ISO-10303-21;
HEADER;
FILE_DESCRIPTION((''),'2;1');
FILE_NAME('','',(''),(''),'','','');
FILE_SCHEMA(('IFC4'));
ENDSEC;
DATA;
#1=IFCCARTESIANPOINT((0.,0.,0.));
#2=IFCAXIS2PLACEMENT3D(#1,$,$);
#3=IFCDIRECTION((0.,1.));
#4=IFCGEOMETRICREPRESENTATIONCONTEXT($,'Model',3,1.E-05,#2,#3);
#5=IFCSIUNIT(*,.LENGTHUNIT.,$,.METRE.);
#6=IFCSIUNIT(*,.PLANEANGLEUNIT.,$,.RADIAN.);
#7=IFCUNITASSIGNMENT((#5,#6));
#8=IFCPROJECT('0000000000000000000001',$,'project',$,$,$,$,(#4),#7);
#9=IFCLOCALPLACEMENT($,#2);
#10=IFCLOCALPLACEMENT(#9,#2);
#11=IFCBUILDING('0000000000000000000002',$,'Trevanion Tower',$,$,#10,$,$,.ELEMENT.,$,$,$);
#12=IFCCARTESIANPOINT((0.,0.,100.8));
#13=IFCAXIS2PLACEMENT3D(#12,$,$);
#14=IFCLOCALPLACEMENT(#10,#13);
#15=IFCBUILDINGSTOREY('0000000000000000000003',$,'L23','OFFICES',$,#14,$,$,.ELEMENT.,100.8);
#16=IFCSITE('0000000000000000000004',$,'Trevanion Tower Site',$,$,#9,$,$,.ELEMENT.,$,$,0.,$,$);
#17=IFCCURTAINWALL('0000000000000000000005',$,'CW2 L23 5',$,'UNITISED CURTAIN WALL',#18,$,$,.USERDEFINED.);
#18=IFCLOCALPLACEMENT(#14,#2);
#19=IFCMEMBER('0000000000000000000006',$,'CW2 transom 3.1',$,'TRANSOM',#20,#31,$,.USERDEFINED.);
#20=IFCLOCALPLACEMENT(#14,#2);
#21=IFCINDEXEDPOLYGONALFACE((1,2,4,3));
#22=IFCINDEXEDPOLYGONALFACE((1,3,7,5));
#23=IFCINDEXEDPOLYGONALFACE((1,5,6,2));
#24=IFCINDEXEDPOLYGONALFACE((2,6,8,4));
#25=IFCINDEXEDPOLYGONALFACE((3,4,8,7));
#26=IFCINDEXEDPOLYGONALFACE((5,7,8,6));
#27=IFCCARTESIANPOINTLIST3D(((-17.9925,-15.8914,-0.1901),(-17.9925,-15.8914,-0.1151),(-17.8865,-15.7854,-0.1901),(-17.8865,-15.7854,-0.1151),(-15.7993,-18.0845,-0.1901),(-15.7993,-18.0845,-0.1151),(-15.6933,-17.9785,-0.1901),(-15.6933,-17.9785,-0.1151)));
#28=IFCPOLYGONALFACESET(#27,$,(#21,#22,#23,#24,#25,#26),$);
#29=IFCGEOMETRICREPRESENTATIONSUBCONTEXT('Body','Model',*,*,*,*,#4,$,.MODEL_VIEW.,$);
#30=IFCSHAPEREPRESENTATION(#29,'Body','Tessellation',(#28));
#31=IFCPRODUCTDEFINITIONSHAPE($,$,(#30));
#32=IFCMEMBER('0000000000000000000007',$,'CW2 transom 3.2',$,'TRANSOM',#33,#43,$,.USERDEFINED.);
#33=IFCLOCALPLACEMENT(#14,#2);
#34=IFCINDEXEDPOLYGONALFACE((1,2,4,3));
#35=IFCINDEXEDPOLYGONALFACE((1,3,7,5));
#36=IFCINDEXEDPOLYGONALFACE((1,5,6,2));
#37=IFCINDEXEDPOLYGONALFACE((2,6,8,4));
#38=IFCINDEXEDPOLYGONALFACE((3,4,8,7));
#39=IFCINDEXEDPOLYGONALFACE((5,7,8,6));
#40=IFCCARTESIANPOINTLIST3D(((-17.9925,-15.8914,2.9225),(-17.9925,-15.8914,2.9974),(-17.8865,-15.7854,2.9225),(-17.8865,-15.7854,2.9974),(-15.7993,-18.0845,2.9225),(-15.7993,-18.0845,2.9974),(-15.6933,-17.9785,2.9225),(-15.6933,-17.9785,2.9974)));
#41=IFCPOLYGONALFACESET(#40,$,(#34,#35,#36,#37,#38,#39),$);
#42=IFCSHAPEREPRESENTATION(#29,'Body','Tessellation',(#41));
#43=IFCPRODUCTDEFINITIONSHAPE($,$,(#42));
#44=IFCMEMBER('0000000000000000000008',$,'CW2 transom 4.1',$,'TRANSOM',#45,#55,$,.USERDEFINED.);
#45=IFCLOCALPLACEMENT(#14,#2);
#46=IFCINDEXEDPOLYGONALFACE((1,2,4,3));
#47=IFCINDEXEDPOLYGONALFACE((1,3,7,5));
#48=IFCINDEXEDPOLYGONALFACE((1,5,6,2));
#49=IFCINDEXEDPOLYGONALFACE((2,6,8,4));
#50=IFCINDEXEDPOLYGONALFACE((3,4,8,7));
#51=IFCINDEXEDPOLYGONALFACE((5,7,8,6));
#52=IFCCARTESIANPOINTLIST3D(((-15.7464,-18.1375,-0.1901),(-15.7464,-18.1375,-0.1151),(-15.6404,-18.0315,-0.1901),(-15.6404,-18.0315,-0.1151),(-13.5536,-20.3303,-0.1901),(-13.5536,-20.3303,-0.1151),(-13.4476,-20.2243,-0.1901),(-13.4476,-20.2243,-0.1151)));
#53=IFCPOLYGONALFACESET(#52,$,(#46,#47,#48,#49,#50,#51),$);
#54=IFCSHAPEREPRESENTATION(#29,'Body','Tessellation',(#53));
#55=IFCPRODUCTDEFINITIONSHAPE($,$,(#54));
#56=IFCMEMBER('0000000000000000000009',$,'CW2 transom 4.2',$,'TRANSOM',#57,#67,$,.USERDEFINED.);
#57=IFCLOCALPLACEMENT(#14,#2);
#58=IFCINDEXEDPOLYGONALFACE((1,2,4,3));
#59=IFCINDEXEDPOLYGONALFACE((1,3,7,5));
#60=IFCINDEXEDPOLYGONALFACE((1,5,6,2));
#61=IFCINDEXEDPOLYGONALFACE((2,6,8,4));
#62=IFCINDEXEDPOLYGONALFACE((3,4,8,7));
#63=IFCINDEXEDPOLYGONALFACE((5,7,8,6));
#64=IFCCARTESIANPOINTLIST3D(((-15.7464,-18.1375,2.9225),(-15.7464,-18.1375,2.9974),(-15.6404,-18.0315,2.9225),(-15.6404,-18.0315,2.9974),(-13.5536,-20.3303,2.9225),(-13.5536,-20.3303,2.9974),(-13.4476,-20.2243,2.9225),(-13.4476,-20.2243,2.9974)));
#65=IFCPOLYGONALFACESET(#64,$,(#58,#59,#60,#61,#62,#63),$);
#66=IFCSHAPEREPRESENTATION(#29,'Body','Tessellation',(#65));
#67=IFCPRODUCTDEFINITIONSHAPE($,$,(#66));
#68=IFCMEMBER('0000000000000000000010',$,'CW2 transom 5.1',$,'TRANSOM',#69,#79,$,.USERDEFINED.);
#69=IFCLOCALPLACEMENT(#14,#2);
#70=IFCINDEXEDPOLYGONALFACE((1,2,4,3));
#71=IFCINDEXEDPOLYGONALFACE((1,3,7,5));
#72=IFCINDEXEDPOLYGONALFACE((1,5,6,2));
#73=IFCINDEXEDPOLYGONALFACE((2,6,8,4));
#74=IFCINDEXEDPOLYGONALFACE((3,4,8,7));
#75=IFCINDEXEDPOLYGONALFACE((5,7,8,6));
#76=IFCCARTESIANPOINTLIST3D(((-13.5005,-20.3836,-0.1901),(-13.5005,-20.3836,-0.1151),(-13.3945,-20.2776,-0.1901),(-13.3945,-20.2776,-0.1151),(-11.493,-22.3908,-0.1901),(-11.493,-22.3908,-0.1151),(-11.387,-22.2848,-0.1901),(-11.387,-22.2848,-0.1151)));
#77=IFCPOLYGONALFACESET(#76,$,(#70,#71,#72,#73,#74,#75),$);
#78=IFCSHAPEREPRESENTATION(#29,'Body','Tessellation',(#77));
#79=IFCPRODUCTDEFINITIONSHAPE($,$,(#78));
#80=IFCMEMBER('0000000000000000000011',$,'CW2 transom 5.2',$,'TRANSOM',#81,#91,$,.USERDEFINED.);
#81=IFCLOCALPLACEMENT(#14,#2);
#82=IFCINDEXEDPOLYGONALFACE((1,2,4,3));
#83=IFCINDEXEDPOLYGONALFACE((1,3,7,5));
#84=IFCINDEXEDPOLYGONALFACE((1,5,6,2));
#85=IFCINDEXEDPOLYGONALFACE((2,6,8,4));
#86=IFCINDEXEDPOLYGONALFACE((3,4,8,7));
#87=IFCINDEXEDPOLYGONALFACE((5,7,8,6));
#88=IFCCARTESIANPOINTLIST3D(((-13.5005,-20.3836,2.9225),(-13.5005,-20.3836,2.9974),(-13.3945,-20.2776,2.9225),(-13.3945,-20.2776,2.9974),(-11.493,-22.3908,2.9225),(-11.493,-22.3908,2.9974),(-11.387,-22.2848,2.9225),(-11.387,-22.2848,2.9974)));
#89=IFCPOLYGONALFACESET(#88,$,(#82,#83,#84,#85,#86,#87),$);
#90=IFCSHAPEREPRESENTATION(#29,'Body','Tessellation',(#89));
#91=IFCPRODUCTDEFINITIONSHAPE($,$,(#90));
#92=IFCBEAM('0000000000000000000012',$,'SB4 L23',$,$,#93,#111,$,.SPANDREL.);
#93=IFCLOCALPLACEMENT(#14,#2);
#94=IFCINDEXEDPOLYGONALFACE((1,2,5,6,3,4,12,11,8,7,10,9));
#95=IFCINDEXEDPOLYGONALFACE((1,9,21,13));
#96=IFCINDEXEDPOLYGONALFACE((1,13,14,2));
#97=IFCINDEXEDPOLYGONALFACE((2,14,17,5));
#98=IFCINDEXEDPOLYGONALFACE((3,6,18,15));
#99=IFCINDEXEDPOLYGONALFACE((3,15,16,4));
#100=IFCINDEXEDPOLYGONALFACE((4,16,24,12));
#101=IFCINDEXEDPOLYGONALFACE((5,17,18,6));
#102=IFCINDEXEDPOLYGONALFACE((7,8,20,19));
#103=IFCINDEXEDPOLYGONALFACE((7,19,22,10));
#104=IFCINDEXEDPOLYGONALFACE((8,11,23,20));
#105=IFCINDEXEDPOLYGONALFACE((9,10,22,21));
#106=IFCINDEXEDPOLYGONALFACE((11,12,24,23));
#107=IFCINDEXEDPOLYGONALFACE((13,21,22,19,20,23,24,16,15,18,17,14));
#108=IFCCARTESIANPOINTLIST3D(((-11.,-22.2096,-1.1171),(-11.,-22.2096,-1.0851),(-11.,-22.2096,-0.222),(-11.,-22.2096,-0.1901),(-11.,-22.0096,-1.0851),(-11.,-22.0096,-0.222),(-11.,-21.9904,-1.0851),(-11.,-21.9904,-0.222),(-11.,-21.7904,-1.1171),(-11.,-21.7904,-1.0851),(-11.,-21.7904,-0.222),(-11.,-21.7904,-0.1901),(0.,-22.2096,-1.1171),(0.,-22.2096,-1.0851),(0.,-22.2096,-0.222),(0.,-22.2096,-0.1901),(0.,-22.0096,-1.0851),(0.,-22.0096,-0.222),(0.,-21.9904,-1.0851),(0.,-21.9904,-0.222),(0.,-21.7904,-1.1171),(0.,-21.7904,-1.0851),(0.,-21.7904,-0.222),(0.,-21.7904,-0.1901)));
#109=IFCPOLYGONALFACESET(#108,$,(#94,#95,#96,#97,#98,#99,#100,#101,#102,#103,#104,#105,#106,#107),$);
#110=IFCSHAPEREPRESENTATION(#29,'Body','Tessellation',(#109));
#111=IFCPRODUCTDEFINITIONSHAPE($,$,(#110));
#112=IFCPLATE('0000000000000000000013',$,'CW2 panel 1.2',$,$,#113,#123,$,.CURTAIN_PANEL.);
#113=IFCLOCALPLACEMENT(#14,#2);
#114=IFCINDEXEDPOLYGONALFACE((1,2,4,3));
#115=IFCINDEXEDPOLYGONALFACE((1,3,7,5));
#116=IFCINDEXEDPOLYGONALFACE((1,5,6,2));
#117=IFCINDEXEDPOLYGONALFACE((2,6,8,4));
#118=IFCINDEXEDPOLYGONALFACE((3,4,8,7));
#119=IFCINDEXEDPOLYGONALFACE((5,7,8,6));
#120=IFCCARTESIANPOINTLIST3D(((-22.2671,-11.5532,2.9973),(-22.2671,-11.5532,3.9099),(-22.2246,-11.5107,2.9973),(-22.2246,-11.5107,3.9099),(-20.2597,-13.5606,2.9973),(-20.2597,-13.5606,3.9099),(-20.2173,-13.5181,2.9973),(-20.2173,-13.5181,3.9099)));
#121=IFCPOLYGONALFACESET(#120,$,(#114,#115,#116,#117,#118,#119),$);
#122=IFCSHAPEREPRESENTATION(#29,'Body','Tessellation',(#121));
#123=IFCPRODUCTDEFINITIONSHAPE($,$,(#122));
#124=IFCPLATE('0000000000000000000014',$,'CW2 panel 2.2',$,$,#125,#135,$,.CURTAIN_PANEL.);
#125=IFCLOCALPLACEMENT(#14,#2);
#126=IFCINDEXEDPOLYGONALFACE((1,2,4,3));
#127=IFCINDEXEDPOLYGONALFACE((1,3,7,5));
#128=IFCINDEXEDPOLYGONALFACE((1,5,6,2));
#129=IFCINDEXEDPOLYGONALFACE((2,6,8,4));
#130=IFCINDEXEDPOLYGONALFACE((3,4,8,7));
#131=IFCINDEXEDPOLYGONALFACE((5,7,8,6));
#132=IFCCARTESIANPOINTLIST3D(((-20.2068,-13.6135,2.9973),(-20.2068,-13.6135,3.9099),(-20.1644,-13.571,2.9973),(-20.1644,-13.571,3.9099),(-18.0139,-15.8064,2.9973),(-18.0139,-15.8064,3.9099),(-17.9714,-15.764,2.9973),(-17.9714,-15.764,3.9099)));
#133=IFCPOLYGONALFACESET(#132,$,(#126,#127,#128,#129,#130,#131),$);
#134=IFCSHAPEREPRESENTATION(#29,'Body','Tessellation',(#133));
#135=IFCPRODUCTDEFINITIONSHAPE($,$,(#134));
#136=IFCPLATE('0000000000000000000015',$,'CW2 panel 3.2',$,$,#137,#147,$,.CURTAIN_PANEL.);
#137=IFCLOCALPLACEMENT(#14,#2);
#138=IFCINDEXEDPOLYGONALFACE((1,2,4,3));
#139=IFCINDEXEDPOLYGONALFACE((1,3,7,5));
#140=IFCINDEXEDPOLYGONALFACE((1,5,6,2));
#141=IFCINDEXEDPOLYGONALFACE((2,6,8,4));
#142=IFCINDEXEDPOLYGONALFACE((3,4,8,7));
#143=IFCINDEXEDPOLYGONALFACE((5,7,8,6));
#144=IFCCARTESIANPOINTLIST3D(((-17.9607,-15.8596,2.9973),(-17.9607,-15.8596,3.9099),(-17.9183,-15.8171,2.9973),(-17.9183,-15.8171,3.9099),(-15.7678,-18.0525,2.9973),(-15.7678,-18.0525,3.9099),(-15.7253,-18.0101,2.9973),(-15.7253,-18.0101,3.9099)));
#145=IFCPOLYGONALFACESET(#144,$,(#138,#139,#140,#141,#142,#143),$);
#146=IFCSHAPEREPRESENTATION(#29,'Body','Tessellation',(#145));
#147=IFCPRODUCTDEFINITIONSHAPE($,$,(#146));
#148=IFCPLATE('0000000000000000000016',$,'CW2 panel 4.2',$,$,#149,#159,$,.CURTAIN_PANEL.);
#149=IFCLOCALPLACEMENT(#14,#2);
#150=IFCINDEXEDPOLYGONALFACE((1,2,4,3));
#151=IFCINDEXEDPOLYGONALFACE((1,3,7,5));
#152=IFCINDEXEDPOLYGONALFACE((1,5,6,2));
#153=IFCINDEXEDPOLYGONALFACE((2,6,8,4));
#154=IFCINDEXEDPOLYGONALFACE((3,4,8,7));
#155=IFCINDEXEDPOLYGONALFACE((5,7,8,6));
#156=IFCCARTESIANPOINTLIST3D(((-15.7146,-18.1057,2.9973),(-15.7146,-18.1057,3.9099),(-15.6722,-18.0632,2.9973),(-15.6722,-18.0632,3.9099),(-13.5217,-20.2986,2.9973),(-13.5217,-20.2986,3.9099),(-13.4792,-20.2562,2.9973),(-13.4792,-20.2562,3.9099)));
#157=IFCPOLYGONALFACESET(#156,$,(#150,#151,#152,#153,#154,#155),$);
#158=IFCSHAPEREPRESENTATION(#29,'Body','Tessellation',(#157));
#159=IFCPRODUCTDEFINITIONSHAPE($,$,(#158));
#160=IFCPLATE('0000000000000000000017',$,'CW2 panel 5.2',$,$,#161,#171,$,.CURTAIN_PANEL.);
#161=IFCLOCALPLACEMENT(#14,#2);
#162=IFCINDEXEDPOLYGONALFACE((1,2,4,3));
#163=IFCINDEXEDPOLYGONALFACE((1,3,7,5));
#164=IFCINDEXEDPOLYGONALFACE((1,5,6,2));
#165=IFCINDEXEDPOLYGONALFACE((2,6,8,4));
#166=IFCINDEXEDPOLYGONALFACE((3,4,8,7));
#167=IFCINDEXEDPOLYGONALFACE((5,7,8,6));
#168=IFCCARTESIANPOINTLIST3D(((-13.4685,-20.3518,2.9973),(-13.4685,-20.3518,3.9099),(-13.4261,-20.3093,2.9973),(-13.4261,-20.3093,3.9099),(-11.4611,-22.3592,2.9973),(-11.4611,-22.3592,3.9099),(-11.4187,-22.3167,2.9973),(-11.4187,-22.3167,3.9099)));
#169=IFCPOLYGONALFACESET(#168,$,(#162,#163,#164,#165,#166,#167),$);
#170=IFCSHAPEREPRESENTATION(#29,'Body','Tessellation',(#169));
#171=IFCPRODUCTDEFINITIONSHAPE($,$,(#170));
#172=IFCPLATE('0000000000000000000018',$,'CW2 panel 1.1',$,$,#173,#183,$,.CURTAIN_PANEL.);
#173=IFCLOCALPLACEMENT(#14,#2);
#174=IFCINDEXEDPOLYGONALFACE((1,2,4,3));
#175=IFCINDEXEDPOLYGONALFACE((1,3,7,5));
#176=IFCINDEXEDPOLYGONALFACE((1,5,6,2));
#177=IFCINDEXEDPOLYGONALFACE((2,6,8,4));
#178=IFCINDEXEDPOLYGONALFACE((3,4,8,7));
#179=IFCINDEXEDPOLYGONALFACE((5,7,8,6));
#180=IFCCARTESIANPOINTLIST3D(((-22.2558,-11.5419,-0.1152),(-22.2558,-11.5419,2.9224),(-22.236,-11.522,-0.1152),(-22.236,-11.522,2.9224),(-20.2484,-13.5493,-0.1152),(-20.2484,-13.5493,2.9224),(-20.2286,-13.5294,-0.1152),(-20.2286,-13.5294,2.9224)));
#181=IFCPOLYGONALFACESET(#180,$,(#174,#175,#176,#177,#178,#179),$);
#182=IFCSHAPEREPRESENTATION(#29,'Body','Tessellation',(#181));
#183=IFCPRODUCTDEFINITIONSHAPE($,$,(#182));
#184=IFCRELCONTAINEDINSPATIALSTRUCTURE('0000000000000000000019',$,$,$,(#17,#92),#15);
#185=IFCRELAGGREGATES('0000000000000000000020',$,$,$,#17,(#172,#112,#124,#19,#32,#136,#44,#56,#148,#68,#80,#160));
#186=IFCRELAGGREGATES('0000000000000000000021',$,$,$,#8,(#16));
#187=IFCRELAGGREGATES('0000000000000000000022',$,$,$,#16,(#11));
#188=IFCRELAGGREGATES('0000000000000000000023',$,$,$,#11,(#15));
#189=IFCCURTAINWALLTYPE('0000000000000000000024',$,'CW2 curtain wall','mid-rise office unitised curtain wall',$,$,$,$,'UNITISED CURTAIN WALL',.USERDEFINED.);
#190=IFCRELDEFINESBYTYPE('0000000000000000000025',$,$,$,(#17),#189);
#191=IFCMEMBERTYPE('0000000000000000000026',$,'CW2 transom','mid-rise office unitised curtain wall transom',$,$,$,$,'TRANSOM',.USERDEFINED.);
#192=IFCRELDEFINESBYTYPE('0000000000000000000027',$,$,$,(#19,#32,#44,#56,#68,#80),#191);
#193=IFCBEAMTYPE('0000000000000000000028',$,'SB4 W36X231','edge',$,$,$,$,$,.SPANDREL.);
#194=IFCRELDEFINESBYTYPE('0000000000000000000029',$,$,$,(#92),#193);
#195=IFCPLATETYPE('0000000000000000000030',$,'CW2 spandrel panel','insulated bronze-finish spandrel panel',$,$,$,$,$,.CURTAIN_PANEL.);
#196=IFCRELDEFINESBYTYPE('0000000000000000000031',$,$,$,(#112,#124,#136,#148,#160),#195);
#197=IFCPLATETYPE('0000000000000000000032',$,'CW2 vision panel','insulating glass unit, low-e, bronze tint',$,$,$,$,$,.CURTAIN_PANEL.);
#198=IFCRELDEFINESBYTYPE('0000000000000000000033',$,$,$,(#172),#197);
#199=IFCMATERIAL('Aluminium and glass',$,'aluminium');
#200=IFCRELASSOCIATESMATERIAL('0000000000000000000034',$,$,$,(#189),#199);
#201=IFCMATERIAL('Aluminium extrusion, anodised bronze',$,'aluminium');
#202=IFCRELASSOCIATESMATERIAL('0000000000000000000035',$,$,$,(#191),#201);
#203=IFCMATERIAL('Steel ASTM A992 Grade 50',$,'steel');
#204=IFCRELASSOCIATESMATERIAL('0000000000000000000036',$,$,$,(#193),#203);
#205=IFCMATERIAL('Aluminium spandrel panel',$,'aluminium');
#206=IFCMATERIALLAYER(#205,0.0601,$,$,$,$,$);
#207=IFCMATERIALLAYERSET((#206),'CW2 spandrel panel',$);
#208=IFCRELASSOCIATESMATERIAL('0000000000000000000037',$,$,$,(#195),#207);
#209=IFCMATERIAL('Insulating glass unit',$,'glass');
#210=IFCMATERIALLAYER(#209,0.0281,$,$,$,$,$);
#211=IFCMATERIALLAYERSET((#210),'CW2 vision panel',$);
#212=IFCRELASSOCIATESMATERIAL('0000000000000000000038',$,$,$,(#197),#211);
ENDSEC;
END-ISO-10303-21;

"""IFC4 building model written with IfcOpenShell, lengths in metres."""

from ifc_helpers import new_model, si_unit, direction, frame, origin, origin_2d, place, context, subcontext, project, spatial, rectangle, i_section, extrude, material, layer, layer_set, material_profile, profile_set, type_object, element, aggregate, save


model = new_model("IFC4")

# Units and contexts
model_context = context("Model", 3, precision=1e-05, world=origin(), true_north=direction((0.0, 1.0)))
body_context = subcontext(model_context, "Body", "Model", "MODEL_VIEW")
ifc_project = project(units=[si_unit("LENGTHUNIT", "METRE"), si_unit("PLANEANGLEUNIT", "RADIAN")], contexts=[model_context])

# Site, building, storey
site_placement = place(None, origin())
site = spatial("IfcSite", under=ifc_project, at=site_placement, Name="Trevanion Tower Site", CompositionType="ELEMENT", RefElevation=0.0)
building_placement = place(site_placement, origin())
building = spatial("IfcBuilding", under=site, at=building_placement, Name="Trevanion Tower", CompositionType="ELEMENT")
storey_placement = place(building_placement, frame((0.0, 0.0, 100.8)))
storey = spatial("IfcBuildingStorey", under=building, at=storey_placement, Name="L23", Description="OFFICES", CompositionType="ELEMENT", Elevation=100.8)

# Curtain wall
ifc_material_1 = material(Name="Aluminium and glass", Category="aluminium")
curtain_wall_type = type_object("IfcCurtainWallType", Name="CW2 curtain wall", Description="mid-rise office unitised curtain wall", ElementType="UNITISED CURTAIN WALL", PredefinedType="USERDEFINED", material=ifc_material_1)
curtain_wall_1_placement = place(storey_placement, origin())
curtain_wall_1 = element("IfcCurtainWall", 1, at=curtain_wall_1_placement, inside=storey, type_object=curtain_wall_type, Name="CW2 L23 5", ObjectType="UNITISED CURTAIN WALL", PredefinedType="USERDEFINED")

# Members
ifc_material_2 = material(Name="Aluminium extrusion, anodised bronze", Category="aluminium")
ifc_material_profile_1 = material_profile(ifc_material_2, rectangle(XDim=0.1499, YDim=0.075, at=origin_2d()), Name="CW2 transom")
ifc_profile_set_1 = profile_set([ifc_material_profile_1], Name="Aluminium extrusion, anodised bronze")
member_type_1 = type_object("IfcMemberType", Name="CW2 transom", Description="mid-rise office unitised curtain wall transom", ElementType="TRANSOM", PredefinedType="USERDEFINED", material=ifc_profile_set_1)
member_1_placement = place(storey_placement, frame((-17.9395, -15.8384, -0.1526), z_axis=(0.707107, -0.707107, 0.0), x_axis=(0.707107, 0.707107, 0.0)))
member_1 = element("IfcMember", 2, at=member_1_placement, type_object=member_type_1, Name="CW2 transom 3.1", ObjectType="TRANSOM", PredefinedType="USERDEFINED", context=body_context, shape_type="SweptSolid", body=[
    extrude(rectangle(XDim=0.1499, YDim=0.075, at=origin_2d()), origin(), (0.0, 0.0, 1.0), 3.1016),
])
member_2_placement = place(storey_placement, frame((-17.9395, -15.8384, 2.96), z_axis=(0.707107, -0.707107, 0.0), x_axis=(0.707107, 0.707107, 0.0)))
member_2 = element("IfcMember", 3, at=member_2_placement, type_object=member_type_1, Name="CW2 transom 3.2", ObjectType="TRANSOM", PredefinedType="USERDEFINED", context=body_context, shape_type="SweptSolid", body=[
    extrude(rectangle(XDim=0.1499, YDim=0.075, at=origin_2d()), origin(), (0.0, 0.0, 1.0), 3.1016),
])
member_3_placement = place(storey_placement, frame((-15.6934, -18.0845, -0.1526), z_axis=(0.707107, -0.707107, 0.0), x_axis=(0.707107, 0.707107, 0.0)))
member_3 = element("IfcMember", 4, at=member_3_placement, type_object=member_type_1, Name="CW2 transom 4.1", ObjectType="TRANSOM", PredefinedType="USERDEFINED", context=body_context, shape_type="SweptSolid", body=[
    extrude(rectangle(XDim=0.1499, YDim=0.075, at=origin_2d()), origin(), (0.0, 0.0, 1.0), 3.1011),
])
member_4_placement = place(storey_placement, frame((-15.6934, -18.0845, 2.96), z_axis=(0.707107, -0.707107, 0.0), x_axis=(0.707107, 0.707107, 0.0)))
member_4 = element("IfcMember", 5, at=member_4_placement, type_object=member_type_1, Name="CW2 transom 4.2", ObjectType="TRANSOM", PredefinedType="USERDEFINED", context=body_context, shape_type="SweptSolid", body=[
    extrude(rectangle(XDim=0.1499, YDim=0.075, at=origin_2d()), origin(), (0.0, 0.0, 1.0), 3.1011),
])
member_5_placement = place(storey_placement, frame((-13.4475, -20.3306, -0.1526), z_axis=(0.70715, -0.707064, 0.0), x_axis=(0.707064, 0.70715, 0.0)))
member_5 = element("IfcMember", 6, at=member_5_placement, type_object=member_type_1, Name="CW2 transom 5.1", ObjectType="TRANSOM", PredefinedType="USERDEFINED", context=body_context, shape_type="SweptSolid", body=[
    extrude(rectangle(XDim=0.1499, YDim=0.075, at=origin_2d()), origin(), (0.0, 0.0, 1.0), 2.8389),
])
member_6_placement = place(storey_placement, frame((-13.4475, -20.3306, 2.96), z_axis=(0.70715, -0.707064, 0.0), x_axis=(0.707064, 0.70715, 0.0)))
member_6 = element("IfcMember", 7, at=member_6_placement, type_object=member_type_1, Name="CW2 transom 5.2", ObjectType="TRANSOM", PredefinedType="USERDEFINED", context=body_context, shape_type="SweptSolid", body=[
    extrude(rectangle(XDim=0.1499, YDim=0.075, at=origin_2d()), origin(), (0.0, 0.0, 1.0), 2.8389),
])

# Beam
ifc_material_3 = material(Name="Steel ASTM A992 Grade 50", Category="steel")
ifc_material_profile_2 = material_profile(ifc_material_3, i_section(OverallWidth=0.4192, OverallDepth=0.927, WebThickness=0.0193, FlangeThickness=0.032, at=origin_2d()), Name="W36X231")
ifc_profile_set_2 = profile_set([ifc_material_profile_2], Name="Steel ASTM A992 Grade 50")
beam_type_1 = type_object("IfcBeamType", Name="SB4 W36X231", Description="edge", PredefinedType="SPANDREL", material=ifc_profile_set_2)
beam_1_placement = place(storey_placement, frame((-11.0, -22.0, -0.6536), z_axis=(1.0, 0.0, 0.0), x_axis=(0.0, 1.0, 0.0)))
element("IfcBeam", 8, at=beam_1_placement, inside=storey, type_object=beam_type_1, Name="SB4 L23", PredefinedType="SPANDREL", context=body_context, shape_type="SweptSolid", body=[
    extrude(i_section(OverallWidth=0.4192, OverallDepth=0.927, WebThickness=0.0193, FlangeThickness=0.032, at=origin_2d()), origin(), (0.0, 0.0, 1.0), 11.0),
])

# Plates
ifc_material_4 = material(Name="Aluminium spandrel panel", Category="aluminium")
ifc_layer_1 = layer(ifc_material_4, 0.0601)
ifc_layer_set_1 = layer_set([ifc_layer_1], Name="CW2 spandrel panel")
plate_type_1 = type_object("IfcPlateType", Name="CW2 spandrel panel", Description="insulated bronze-finish spandrel panel", PredefinedType="CURTAIN_PANEL", material=ifc_layer_set_1)
plate_1_placement = place(storey_placement, frame((-21.2422, -12.5356, 2.9973), z_axis=(0.0, 0.0, 1.0), x_axis=(0.707107, -0.707107, 0.0)))
plate_1 = element("IfcPlate", 9, at=plate_1_placement, type_object=plate_type_1, Name="CW2 panel 1.2", PredefinedType="CURTAIN_PANEL", context=body_context, shape_type="SweptSolid", body=[
    extrude(rectangle(XDim=2.8389, YDim=0.0601, at=origin_2d()), origin(), (0.0, 0.0, 1.0), 0.9126),
])
plate_2_placement = place(storey_placement, frame((-19.0891, -14.6887, 2.9973), z_axis=(0.0, 0.0, 1.0), x_axis=(0.707107, -0.707107, 0.0)))
plate_2 = element("IfcPlate", 10, at=plate_2_placement, type_object=plate_type_1, Name="CW2 panel 2.2", PredefinedType="CURTAIN_PANEL", context=body_context, shape_type="SweptSolid", body=[
    extrude(rectangle(XDim=3.1013, YDim=0.0601, at=origin_2d()), origin(), (0.0, 0.0, 1.0), 0.9126),
])
plate_3_placement = place(storey_placement, frame((-16.843, -16.9348, 2.9973), z_axis=(0.0, 0.0, 1.0), x_axis=(0.707107, -0.707107, 0.0)))
plate_3 = element("IfcPlate", 11, at=plate_3_placement, type_object=plate_type_1, Name="CW2 panel 3.2", PredefinedType="CURTAIN_PANEL", context=body_context, shape_type="SweptSolid", body=[
    extrude(rectangle(XDim=3.1013, YDim=0.0601, at=origin_2d()), origin(), (0.0, 0.0, 1.0), 0.9126),
])
plate_4_placement = place(storey_placement, frame((-14.5969, -19.1809, 2.9973), z_axis=(0.0, 0.0, 1.0), x_axis=(0.707107, -0.707107, 0.0)))
plate_4 = element("IfcPlate", 12, at=plate_4_placement, type_object=plate_type_1, Name="CW2 panel 4.2", PredefinedType="CURTAIN_PANEL", context=body_context, shape_type="SweptSolid", body=[
    extrude(rectangle(XDim=3.1013, YDim=0.0601, at=origin_2d()), origin(), (0.0, 0.0, 1.0), 0.9126),
])
plate_5_placement = place(storey_placement, frame((-12.4436, -21.3342, 2.9973), z_axis=(0.0, 0.0, 1.0), x_axis=(0.707107, -0.707107, 0.0)))
plate_5 = element("IfcPlate", 13, at=plate_5_placement, type_object=plate_type_1, Name="CW2 panel 5.2", PredefinedType="CURTAIN_PANEL", context=body_context, shape_type="SweptSolid", body=[
    extrude(rectangle(XDim=2.8389, YDim=0.0601, at=origin_2d()), origin(), (0.0, 0.0, 1.0), 0.9126),
])
ifc_material_5 = material(Name="Insulating glass unit", Category="glass")
ifc_layer_2 = layer(ifc_material_5, 0.0281)
ifc_layer_set_2 = layer_set([ifc_layer_2], Name="CW2 vision panel")
plate_type_2 = type_object("IfcPlateType", Name="CW2 vision panel", Description="insulating glass unit, low-e, bronze tint", PredefinedType="CURTAIN_PANEL", material=ifc_layer_set_2)
plate_6_placement = place(storey_placement, frame((-21.2422, -12.5356, -0.1152), z_axis=(0.0, 0.0, 1.0), x_axis=(0.707107, -0.707107, 0.0)))
plate_6 = element("IfcPlate", 14, at=plate_6_placement, type_object=plate_type_2, Name="CW2 panel 1.1", PredefinedType="CURTAIN_PANEL", context=body_context, shape_type="SweptSolid", body=[
    extrude(rectangle(XDim=2.8389, YDim=0.0281, at=origin_2d()), origin(), (0.0, 0.0, 1.0), 3.0376),
])
aggregate(curtain_wall_1, [plate_6, plate_1, plate_2, member_1, member_2, plate_3, member_3, member_4, plate_4, member_5, member_6, plate_5])

save(model, "model.ifc")
